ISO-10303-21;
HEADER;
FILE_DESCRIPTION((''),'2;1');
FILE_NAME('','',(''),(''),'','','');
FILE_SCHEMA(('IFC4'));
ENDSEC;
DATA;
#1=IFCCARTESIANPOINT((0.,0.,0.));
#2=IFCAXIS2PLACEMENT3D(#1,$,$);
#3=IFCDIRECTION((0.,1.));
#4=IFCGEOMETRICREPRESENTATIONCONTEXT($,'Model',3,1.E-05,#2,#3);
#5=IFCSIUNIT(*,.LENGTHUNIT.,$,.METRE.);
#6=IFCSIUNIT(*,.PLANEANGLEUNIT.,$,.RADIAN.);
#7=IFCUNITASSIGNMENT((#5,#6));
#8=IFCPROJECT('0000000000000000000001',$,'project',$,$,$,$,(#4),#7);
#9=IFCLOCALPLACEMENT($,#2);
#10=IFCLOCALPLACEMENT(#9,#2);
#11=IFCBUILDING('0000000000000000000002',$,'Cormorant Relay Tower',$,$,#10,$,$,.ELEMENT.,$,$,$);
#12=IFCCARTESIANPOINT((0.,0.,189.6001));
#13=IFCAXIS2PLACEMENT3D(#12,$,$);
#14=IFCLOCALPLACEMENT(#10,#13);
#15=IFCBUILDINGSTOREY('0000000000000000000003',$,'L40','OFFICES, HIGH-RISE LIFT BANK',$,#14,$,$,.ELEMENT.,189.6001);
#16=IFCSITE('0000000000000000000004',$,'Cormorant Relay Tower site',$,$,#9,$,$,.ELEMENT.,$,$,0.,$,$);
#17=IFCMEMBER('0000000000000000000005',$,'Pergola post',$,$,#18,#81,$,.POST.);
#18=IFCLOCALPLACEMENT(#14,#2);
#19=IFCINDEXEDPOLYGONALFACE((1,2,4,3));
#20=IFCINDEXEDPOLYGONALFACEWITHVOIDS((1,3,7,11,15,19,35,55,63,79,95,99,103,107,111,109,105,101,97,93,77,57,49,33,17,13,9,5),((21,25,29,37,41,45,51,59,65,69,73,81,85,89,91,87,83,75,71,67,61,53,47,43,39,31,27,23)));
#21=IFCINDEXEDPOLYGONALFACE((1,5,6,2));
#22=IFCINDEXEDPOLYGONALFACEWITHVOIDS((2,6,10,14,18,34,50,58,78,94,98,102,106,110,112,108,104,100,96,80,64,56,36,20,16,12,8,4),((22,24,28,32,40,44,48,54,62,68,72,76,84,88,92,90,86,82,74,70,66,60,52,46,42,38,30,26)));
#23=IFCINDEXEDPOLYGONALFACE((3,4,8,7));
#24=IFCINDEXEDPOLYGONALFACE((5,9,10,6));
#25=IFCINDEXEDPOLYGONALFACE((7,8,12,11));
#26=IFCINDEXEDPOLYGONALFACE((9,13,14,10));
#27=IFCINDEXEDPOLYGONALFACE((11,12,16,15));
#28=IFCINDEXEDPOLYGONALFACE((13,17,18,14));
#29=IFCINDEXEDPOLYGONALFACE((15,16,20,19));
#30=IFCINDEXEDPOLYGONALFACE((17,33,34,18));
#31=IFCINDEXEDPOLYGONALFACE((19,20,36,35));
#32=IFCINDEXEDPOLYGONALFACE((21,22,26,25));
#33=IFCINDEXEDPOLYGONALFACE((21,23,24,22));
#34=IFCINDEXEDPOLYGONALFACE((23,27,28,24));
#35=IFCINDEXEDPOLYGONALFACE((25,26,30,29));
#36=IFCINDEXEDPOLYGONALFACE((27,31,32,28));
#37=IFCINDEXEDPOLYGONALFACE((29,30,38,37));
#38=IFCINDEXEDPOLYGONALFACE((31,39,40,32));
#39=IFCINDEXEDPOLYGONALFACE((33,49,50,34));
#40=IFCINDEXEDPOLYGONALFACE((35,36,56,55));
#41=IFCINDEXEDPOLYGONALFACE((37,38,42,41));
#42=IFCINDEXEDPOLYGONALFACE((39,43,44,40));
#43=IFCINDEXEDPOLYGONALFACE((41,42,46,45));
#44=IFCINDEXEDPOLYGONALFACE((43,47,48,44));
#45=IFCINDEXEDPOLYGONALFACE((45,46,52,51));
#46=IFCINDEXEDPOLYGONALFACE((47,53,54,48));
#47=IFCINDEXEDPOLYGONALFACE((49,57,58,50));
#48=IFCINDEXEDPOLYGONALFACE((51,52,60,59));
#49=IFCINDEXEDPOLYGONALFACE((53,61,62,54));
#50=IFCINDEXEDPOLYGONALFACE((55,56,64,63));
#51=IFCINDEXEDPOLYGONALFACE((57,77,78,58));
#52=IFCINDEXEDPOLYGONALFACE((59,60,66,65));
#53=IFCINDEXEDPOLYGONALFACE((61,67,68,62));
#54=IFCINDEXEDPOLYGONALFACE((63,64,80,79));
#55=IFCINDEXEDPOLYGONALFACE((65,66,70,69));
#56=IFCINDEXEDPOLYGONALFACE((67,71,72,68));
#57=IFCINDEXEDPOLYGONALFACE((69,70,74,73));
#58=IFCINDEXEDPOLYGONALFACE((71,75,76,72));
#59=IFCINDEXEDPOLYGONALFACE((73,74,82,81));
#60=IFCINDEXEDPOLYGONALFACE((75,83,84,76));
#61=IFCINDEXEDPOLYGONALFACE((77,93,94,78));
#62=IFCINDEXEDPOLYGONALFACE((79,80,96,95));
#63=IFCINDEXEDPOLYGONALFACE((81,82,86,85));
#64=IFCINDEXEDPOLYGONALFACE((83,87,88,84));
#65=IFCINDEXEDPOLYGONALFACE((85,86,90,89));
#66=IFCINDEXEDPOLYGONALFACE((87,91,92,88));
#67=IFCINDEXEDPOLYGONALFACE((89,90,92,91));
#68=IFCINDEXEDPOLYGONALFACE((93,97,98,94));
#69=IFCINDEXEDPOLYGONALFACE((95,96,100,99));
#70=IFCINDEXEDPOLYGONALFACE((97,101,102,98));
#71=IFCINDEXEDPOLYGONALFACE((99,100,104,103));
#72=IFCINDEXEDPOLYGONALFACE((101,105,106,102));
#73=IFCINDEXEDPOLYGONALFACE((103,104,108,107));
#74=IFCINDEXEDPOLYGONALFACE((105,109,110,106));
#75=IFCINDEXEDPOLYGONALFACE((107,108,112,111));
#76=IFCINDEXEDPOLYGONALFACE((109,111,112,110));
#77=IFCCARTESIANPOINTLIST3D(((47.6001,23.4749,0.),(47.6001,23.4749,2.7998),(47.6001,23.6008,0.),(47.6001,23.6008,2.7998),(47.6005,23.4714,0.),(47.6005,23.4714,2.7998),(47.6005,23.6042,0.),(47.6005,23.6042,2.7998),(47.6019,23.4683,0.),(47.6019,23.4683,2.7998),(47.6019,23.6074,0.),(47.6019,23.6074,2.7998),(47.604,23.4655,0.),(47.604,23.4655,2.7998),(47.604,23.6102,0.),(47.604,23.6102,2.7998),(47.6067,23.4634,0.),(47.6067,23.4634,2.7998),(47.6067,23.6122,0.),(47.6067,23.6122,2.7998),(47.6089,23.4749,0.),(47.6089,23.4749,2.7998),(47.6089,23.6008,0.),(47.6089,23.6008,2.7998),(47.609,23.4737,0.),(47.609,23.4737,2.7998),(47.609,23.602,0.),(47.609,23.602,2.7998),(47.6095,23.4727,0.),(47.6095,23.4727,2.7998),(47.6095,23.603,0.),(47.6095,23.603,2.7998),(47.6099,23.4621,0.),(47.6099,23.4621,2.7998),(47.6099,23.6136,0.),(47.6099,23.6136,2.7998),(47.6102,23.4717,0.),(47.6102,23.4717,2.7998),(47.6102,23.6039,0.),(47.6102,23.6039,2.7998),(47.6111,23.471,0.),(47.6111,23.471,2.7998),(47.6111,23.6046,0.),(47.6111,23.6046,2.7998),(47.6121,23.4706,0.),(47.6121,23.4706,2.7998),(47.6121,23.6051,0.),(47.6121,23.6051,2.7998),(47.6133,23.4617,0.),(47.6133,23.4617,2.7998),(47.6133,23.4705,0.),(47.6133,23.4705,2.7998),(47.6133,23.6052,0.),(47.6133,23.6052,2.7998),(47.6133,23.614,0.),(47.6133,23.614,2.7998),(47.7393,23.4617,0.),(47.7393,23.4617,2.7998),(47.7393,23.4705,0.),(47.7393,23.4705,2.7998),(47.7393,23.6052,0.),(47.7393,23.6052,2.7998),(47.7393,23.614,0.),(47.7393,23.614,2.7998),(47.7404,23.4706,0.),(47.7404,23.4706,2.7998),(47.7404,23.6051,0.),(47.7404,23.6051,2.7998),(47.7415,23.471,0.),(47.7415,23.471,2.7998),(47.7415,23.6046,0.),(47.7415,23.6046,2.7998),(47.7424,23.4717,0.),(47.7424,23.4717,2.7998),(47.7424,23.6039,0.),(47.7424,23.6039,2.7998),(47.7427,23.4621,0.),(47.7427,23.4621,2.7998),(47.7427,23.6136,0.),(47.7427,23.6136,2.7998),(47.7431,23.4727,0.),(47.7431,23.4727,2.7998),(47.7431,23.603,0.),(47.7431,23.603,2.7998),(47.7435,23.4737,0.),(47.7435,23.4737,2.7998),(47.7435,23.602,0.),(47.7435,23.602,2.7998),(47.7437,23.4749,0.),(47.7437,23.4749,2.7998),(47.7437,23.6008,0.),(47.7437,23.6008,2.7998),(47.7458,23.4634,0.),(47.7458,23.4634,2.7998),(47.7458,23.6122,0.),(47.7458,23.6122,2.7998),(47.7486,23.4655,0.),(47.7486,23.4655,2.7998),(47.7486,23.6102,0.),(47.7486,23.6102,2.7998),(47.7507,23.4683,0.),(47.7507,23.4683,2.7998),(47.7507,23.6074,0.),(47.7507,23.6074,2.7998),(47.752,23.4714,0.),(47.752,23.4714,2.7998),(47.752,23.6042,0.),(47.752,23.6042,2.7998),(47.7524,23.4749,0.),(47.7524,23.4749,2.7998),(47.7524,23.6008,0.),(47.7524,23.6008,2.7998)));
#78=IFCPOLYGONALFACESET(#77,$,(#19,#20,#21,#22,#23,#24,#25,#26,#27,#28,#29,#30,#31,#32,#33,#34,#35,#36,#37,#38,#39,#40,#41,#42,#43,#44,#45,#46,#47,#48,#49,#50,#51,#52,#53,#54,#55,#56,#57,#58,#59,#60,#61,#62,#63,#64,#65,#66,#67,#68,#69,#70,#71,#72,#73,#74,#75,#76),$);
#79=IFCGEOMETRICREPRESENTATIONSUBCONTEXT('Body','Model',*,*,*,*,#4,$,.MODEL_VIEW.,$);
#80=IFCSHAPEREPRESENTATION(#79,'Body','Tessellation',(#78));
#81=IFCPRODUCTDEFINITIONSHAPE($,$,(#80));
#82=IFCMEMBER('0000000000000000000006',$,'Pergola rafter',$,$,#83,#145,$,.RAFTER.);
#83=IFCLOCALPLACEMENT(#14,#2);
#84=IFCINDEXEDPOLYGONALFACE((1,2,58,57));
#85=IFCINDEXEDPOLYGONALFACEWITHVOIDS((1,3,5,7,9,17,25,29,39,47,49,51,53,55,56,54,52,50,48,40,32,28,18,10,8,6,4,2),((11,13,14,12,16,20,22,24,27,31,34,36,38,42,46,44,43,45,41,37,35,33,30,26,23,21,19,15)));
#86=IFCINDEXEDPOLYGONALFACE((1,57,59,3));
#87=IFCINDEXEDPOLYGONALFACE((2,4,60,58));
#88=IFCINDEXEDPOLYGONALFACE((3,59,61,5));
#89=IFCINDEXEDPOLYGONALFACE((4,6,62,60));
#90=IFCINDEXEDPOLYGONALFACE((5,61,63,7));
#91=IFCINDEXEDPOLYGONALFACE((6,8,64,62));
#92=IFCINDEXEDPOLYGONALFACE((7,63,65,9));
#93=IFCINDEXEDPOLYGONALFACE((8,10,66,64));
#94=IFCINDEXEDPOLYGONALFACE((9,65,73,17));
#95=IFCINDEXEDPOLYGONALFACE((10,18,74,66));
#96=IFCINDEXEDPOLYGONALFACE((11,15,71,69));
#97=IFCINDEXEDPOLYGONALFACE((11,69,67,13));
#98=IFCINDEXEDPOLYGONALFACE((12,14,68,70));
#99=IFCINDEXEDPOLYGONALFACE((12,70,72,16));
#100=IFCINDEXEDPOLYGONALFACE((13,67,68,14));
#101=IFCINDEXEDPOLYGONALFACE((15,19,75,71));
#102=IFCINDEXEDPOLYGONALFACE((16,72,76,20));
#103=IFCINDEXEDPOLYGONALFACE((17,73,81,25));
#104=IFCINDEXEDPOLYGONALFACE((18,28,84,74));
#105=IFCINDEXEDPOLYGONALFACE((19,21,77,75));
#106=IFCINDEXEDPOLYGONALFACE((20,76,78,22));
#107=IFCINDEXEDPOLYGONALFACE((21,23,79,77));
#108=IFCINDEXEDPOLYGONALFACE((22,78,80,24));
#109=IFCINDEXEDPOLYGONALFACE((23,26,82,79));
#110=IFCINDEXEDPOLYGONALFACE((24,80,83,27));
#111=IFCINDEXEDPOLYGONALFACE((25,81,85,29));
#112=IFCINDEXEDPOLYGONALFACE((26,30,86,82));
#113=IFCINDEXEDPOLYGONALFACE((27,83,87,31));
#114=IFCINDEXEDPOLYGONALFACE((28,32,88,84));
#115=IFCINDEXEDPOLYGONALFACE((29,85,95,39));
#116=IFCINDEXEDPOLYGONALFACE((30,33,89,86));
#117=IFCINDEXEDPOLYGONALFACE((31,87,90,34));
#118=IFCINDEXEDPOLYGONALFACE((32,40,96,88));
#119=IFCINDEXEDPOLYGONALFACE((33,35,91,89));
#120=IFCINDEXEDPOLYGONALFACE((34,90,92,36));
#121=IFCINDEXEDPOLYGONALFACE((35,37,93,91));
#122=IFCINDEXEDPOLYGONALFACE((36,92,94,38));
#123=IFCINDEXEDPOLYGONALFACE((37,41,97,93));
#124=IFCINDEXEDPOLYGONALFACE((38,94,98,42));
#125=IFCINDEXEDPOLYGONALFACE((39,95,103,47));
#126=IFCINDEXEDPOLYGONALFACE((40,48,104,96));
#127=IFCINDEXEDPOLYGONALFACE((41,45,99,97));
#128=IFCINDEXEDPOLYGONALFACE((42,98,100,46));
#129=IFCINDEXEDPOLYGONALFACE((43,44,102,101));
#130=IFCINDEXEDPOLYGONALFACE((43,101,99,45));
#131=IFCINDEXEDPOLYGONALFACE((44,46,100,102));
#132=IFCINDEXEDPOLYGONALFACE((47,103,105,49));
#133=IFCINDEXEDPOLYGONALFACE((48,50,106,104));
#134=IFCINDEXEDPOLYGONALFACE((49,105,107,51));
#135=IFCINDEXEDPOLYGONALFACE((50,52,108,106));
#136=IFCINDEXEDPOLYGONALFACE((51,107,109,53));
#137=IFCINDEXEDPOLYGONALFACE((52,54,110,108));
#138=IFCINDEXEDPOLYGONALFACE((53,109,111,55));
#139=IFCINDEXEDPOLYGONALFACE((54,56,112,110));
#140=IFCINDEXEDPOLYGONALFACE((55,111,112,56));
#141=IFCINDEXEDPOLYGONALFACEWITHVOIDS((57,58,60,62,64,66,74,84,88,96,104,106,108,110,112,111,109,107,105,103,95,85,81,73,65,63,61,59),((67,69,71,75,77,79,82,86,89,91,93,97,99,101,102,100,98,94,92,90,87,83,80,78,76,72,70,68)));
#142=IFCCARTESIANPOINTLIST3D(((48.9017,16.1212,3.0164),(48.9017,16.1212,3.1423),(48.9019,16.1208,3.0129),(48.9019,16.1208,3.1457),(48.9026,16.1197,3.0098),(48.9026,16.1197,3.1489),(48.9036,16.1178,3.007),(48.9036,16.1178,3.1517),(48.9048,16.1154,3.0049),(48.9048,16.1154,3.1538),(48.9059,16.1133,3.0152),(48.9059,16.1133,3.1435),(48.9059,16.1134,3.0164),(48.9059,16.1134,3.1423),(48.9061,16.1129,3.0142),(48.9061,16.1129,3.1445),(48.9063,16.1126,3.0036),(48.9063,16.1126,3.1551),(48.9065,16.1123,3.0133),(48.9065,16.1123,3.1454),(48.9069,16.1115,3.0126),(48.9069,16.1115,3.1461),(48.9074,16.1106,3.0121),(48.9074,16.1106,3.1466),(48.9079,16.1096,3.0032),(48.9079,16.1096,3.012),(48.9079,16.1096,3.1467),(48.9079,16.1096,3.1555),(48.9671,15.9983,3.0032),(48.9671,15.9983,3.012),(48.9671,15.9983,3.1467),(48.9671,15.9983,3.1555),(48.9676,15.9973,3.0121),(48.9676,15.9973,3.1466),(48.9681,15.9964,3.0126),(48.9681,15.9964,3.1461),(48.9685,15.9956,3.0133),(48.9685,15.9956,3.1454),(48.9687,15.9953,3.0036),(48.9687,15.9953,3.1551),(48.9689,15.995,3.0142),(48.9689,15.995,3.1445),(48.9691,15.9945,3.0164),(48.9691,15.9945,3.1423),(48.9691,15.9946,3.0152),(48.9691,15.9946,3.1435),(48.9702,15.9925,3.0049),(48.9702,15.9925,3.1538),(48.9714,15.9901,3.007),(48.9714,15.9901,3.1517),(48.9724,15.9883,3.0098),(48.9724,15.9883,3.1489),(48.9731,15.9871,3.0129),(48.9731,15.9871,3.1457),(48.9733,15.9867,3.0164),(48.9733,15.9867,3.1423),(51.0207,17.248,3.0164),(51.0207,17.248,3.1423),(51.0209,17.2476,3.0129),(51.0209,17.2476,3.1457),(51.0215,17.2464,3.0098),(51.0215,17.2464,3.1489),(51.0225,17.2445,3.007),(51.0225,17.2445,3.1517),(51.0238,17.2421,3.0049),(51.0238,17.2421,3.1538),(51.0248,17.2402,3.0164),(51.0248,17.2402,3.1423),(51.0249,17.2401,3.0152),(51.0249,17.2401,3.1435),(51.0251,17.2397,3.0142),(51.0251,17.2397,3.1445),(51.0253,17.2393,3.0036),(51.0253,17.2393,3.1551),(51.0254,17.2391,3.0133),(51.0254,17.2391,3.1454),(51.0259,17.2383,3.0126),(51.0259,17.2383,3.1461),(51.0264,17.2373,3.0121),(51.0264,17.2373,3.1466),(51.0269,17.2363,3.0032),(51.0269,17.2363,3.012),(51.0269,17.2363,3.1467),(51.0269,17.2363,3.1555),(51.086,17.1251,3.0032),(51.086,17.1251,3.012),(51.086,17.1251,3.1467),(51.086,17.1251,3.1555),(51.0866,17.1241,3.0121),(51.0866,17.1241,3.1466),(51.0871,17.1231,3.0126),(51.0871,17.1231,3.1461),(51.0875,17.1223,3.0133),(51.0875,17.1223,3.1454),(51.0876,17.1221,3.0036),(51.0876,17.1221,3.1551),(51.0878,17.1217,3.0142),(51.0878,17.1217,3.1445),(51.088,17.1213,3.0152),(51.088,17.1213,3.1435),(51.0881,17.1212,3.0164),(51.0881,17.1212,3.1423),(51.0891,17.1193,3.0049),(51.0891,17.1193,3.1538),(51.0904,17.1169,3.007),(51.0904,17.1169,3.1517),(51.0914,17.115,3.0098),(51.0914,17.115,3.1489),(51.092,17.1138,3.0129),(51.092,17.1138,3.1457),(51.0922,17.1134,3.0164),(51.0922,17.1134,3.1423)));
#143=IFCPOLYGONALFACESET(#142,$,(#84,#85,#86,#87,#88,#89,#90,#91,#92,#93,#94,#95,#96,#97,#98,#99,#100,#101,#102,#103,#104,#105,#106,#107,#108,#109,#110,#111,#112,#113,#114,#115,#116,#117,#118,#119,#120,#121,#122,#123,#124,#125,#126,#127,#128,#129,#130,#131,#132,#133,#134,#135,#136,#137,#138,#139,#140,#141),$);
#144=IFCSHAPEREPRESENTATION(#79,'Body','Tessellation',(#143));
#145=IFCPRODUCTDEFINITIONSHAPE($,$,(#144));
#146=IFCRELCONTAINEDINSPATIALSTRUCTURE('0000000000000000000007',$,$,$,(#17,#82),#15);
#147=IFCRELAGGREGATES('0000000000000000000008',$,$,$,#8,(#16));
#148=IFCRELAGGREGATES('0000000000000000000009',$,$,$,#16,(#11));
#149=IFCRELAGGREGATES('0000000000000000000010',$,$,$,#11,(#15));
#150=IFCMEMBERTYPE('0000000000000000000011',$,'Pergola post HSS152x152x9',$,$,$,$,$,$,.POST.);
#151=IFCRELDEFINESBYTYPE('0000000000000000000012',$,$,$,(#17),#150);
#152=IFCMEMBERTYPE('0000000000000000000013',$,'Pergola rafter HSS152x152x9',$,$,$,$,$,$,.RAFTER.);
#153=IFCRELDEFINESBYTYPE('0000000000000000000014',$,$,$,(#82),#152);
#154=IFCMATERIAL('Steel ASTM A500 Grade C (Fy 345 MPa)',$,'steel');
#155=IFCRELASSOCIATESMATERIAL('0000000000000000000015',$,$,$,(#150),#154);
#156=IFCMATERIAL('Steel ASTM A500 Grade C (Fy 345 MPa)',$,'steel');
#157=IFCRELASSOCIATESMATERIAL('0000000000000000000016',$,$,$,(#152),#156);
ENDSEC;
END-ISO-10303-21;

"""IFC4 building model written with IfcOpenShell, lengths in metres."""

from ifc_helpers import new_model, si_unit, direction, frame, origin, origin_2d, place, context, subcontext, project, spatial, hollow_rectangle, extrude, material, material_profile, profile_set, type_object, element, save


model = new_model("IFC4")

# Units and contexts
model_context = context("Model", 3, precision=1e-05, world=origin(), true_north=direction((0.0, 1.0)))
body_context = subcontext(model_context, "Body", "Model", "MODEL_VIEW")
ifc_project = project(units=[si_unit("LENGTHUNIT", "METRE"), si_unit("PLANEANGLEUNIT", "RADIAN")], contexts=[model_context])

# Site, building, storey
site_placement = place(None, origin())
site = spatial("IfcSite", under=ifc_project, at=site_placement, Name="Cormorant Relay Tower site", CompositionType="ELEMENT", RefElevation=0.0)
building_placement = place(site_placement, origin())
building = spatial("IfcBuilding", under=site, at=building_placement, Name="Cormorant Relay Tower", CompositionType="ELEMENT")
storey_placement = place(building_placement, frame((0.0, 0.0, 189.6001)))
storey = spatial("IfcBuildingStorey", under=building, at=storey_placement, Name="L40", Description="OFFICES, HIGH-RISE LIFT BANK", CompositionType="ELEMENT", Elevation=189.6001)

# Members
ifc_material_1 = material(Name="Steel ASTM A500 Grade C (Fy 345 MPa)", Category="steel")
ifc_material_profile_1 = material_profile(ifc_material_1, hollow_rectangle(XDim=0.1523, YDim=0.1523, WallThickness=0.0088, InnerFilletRadius=0.0044, OuterFilletRadius=0.0132, at=origin_2d()), Name="HSS152x152x9")
ifc_profile_set_1 = profile_set([ifc_material_profile_1], Name="Steel ASTM A500 Grade C (Fy 345 MPa)")
member_type_1 = type_object("IfcMemberType", Name="Pergola post HSS152x152x9", PredefinedType="POST", material=ifc_profile_set_1)
for number, where, z_axis, x_axis, name in (
    (1, (47.6763, 23.5378, 0.0), (0.0, 0.0, 1.0), (1.0, 0.0, 0.0), "Pergola post"),
):
    element("IfcMember", number, at=place(storey_placement, frame(where, z_axis=z_axis, x_axis=x_axis)), inside=storey, type_object=member_type_1, Name=name, PredefinedType="POST", context=body_context, shape_type="SweptSolid", body=[
        extrude(hollow_rectangle(XDim=0.1523, YDim=0.1523, WallThickness=0.0088, InnerFilletRadius=0.0044, OuterFilletRadius=0.0132, at=origin_2d()), origin(), (0.0, 0.0, 1.0), 2.7998),
    ])
ifc_material_2 = material(Name="Steel ASTM A500 Grade C (Fy 345 MPa)", Category="steel")
ifc_material_profile_2 = material_profile(ifc_material_2, hollow_rectangle(XDim=0.1523, YDim=0.1523, WallThickness=0.0088, InnerFilletRadius=0.0044, OuterFilletRadius=0.0132, at=origin_2d()), Name="HSS152x152x9")
ifc_profile_set_2 = profile_set([ifc_material_profile_2], Name="Steel ASTM A500 Grade C (Fy 345 MPa)")
member_type_2 = type_object("IfcMemberType", Name="Pergola rafter HSS152x152x9", PredefinedType="RAFTER", material=ifc_profile_set_2)
member_1_placement = place(storey_placement, frame((48.9375, 16.054, 3.0793), z_axis=(0.882935, 0.469495, 0.0), x_axis=(-0.469495, 0.882935, 0.0)))
element("IfcMember", 2, at=member_1_placement, inside=storey, type_object=member_type_2, Name="Pergola rafter", PredefinedType="RAFTER", context=body_context, shape_type="SweptSolid", body=[
    extrude(hollow_rectangle(XDim=0.1523, YDim=0.1523, WallThickness=0.0088, InnerFilletRadius=0.0044, OuterFilletRadius=0.0132, at=origin_2d()), origin(), (0.0, 0.0, 1.0), 2.3999),
])

save(model, "model.ifc")
